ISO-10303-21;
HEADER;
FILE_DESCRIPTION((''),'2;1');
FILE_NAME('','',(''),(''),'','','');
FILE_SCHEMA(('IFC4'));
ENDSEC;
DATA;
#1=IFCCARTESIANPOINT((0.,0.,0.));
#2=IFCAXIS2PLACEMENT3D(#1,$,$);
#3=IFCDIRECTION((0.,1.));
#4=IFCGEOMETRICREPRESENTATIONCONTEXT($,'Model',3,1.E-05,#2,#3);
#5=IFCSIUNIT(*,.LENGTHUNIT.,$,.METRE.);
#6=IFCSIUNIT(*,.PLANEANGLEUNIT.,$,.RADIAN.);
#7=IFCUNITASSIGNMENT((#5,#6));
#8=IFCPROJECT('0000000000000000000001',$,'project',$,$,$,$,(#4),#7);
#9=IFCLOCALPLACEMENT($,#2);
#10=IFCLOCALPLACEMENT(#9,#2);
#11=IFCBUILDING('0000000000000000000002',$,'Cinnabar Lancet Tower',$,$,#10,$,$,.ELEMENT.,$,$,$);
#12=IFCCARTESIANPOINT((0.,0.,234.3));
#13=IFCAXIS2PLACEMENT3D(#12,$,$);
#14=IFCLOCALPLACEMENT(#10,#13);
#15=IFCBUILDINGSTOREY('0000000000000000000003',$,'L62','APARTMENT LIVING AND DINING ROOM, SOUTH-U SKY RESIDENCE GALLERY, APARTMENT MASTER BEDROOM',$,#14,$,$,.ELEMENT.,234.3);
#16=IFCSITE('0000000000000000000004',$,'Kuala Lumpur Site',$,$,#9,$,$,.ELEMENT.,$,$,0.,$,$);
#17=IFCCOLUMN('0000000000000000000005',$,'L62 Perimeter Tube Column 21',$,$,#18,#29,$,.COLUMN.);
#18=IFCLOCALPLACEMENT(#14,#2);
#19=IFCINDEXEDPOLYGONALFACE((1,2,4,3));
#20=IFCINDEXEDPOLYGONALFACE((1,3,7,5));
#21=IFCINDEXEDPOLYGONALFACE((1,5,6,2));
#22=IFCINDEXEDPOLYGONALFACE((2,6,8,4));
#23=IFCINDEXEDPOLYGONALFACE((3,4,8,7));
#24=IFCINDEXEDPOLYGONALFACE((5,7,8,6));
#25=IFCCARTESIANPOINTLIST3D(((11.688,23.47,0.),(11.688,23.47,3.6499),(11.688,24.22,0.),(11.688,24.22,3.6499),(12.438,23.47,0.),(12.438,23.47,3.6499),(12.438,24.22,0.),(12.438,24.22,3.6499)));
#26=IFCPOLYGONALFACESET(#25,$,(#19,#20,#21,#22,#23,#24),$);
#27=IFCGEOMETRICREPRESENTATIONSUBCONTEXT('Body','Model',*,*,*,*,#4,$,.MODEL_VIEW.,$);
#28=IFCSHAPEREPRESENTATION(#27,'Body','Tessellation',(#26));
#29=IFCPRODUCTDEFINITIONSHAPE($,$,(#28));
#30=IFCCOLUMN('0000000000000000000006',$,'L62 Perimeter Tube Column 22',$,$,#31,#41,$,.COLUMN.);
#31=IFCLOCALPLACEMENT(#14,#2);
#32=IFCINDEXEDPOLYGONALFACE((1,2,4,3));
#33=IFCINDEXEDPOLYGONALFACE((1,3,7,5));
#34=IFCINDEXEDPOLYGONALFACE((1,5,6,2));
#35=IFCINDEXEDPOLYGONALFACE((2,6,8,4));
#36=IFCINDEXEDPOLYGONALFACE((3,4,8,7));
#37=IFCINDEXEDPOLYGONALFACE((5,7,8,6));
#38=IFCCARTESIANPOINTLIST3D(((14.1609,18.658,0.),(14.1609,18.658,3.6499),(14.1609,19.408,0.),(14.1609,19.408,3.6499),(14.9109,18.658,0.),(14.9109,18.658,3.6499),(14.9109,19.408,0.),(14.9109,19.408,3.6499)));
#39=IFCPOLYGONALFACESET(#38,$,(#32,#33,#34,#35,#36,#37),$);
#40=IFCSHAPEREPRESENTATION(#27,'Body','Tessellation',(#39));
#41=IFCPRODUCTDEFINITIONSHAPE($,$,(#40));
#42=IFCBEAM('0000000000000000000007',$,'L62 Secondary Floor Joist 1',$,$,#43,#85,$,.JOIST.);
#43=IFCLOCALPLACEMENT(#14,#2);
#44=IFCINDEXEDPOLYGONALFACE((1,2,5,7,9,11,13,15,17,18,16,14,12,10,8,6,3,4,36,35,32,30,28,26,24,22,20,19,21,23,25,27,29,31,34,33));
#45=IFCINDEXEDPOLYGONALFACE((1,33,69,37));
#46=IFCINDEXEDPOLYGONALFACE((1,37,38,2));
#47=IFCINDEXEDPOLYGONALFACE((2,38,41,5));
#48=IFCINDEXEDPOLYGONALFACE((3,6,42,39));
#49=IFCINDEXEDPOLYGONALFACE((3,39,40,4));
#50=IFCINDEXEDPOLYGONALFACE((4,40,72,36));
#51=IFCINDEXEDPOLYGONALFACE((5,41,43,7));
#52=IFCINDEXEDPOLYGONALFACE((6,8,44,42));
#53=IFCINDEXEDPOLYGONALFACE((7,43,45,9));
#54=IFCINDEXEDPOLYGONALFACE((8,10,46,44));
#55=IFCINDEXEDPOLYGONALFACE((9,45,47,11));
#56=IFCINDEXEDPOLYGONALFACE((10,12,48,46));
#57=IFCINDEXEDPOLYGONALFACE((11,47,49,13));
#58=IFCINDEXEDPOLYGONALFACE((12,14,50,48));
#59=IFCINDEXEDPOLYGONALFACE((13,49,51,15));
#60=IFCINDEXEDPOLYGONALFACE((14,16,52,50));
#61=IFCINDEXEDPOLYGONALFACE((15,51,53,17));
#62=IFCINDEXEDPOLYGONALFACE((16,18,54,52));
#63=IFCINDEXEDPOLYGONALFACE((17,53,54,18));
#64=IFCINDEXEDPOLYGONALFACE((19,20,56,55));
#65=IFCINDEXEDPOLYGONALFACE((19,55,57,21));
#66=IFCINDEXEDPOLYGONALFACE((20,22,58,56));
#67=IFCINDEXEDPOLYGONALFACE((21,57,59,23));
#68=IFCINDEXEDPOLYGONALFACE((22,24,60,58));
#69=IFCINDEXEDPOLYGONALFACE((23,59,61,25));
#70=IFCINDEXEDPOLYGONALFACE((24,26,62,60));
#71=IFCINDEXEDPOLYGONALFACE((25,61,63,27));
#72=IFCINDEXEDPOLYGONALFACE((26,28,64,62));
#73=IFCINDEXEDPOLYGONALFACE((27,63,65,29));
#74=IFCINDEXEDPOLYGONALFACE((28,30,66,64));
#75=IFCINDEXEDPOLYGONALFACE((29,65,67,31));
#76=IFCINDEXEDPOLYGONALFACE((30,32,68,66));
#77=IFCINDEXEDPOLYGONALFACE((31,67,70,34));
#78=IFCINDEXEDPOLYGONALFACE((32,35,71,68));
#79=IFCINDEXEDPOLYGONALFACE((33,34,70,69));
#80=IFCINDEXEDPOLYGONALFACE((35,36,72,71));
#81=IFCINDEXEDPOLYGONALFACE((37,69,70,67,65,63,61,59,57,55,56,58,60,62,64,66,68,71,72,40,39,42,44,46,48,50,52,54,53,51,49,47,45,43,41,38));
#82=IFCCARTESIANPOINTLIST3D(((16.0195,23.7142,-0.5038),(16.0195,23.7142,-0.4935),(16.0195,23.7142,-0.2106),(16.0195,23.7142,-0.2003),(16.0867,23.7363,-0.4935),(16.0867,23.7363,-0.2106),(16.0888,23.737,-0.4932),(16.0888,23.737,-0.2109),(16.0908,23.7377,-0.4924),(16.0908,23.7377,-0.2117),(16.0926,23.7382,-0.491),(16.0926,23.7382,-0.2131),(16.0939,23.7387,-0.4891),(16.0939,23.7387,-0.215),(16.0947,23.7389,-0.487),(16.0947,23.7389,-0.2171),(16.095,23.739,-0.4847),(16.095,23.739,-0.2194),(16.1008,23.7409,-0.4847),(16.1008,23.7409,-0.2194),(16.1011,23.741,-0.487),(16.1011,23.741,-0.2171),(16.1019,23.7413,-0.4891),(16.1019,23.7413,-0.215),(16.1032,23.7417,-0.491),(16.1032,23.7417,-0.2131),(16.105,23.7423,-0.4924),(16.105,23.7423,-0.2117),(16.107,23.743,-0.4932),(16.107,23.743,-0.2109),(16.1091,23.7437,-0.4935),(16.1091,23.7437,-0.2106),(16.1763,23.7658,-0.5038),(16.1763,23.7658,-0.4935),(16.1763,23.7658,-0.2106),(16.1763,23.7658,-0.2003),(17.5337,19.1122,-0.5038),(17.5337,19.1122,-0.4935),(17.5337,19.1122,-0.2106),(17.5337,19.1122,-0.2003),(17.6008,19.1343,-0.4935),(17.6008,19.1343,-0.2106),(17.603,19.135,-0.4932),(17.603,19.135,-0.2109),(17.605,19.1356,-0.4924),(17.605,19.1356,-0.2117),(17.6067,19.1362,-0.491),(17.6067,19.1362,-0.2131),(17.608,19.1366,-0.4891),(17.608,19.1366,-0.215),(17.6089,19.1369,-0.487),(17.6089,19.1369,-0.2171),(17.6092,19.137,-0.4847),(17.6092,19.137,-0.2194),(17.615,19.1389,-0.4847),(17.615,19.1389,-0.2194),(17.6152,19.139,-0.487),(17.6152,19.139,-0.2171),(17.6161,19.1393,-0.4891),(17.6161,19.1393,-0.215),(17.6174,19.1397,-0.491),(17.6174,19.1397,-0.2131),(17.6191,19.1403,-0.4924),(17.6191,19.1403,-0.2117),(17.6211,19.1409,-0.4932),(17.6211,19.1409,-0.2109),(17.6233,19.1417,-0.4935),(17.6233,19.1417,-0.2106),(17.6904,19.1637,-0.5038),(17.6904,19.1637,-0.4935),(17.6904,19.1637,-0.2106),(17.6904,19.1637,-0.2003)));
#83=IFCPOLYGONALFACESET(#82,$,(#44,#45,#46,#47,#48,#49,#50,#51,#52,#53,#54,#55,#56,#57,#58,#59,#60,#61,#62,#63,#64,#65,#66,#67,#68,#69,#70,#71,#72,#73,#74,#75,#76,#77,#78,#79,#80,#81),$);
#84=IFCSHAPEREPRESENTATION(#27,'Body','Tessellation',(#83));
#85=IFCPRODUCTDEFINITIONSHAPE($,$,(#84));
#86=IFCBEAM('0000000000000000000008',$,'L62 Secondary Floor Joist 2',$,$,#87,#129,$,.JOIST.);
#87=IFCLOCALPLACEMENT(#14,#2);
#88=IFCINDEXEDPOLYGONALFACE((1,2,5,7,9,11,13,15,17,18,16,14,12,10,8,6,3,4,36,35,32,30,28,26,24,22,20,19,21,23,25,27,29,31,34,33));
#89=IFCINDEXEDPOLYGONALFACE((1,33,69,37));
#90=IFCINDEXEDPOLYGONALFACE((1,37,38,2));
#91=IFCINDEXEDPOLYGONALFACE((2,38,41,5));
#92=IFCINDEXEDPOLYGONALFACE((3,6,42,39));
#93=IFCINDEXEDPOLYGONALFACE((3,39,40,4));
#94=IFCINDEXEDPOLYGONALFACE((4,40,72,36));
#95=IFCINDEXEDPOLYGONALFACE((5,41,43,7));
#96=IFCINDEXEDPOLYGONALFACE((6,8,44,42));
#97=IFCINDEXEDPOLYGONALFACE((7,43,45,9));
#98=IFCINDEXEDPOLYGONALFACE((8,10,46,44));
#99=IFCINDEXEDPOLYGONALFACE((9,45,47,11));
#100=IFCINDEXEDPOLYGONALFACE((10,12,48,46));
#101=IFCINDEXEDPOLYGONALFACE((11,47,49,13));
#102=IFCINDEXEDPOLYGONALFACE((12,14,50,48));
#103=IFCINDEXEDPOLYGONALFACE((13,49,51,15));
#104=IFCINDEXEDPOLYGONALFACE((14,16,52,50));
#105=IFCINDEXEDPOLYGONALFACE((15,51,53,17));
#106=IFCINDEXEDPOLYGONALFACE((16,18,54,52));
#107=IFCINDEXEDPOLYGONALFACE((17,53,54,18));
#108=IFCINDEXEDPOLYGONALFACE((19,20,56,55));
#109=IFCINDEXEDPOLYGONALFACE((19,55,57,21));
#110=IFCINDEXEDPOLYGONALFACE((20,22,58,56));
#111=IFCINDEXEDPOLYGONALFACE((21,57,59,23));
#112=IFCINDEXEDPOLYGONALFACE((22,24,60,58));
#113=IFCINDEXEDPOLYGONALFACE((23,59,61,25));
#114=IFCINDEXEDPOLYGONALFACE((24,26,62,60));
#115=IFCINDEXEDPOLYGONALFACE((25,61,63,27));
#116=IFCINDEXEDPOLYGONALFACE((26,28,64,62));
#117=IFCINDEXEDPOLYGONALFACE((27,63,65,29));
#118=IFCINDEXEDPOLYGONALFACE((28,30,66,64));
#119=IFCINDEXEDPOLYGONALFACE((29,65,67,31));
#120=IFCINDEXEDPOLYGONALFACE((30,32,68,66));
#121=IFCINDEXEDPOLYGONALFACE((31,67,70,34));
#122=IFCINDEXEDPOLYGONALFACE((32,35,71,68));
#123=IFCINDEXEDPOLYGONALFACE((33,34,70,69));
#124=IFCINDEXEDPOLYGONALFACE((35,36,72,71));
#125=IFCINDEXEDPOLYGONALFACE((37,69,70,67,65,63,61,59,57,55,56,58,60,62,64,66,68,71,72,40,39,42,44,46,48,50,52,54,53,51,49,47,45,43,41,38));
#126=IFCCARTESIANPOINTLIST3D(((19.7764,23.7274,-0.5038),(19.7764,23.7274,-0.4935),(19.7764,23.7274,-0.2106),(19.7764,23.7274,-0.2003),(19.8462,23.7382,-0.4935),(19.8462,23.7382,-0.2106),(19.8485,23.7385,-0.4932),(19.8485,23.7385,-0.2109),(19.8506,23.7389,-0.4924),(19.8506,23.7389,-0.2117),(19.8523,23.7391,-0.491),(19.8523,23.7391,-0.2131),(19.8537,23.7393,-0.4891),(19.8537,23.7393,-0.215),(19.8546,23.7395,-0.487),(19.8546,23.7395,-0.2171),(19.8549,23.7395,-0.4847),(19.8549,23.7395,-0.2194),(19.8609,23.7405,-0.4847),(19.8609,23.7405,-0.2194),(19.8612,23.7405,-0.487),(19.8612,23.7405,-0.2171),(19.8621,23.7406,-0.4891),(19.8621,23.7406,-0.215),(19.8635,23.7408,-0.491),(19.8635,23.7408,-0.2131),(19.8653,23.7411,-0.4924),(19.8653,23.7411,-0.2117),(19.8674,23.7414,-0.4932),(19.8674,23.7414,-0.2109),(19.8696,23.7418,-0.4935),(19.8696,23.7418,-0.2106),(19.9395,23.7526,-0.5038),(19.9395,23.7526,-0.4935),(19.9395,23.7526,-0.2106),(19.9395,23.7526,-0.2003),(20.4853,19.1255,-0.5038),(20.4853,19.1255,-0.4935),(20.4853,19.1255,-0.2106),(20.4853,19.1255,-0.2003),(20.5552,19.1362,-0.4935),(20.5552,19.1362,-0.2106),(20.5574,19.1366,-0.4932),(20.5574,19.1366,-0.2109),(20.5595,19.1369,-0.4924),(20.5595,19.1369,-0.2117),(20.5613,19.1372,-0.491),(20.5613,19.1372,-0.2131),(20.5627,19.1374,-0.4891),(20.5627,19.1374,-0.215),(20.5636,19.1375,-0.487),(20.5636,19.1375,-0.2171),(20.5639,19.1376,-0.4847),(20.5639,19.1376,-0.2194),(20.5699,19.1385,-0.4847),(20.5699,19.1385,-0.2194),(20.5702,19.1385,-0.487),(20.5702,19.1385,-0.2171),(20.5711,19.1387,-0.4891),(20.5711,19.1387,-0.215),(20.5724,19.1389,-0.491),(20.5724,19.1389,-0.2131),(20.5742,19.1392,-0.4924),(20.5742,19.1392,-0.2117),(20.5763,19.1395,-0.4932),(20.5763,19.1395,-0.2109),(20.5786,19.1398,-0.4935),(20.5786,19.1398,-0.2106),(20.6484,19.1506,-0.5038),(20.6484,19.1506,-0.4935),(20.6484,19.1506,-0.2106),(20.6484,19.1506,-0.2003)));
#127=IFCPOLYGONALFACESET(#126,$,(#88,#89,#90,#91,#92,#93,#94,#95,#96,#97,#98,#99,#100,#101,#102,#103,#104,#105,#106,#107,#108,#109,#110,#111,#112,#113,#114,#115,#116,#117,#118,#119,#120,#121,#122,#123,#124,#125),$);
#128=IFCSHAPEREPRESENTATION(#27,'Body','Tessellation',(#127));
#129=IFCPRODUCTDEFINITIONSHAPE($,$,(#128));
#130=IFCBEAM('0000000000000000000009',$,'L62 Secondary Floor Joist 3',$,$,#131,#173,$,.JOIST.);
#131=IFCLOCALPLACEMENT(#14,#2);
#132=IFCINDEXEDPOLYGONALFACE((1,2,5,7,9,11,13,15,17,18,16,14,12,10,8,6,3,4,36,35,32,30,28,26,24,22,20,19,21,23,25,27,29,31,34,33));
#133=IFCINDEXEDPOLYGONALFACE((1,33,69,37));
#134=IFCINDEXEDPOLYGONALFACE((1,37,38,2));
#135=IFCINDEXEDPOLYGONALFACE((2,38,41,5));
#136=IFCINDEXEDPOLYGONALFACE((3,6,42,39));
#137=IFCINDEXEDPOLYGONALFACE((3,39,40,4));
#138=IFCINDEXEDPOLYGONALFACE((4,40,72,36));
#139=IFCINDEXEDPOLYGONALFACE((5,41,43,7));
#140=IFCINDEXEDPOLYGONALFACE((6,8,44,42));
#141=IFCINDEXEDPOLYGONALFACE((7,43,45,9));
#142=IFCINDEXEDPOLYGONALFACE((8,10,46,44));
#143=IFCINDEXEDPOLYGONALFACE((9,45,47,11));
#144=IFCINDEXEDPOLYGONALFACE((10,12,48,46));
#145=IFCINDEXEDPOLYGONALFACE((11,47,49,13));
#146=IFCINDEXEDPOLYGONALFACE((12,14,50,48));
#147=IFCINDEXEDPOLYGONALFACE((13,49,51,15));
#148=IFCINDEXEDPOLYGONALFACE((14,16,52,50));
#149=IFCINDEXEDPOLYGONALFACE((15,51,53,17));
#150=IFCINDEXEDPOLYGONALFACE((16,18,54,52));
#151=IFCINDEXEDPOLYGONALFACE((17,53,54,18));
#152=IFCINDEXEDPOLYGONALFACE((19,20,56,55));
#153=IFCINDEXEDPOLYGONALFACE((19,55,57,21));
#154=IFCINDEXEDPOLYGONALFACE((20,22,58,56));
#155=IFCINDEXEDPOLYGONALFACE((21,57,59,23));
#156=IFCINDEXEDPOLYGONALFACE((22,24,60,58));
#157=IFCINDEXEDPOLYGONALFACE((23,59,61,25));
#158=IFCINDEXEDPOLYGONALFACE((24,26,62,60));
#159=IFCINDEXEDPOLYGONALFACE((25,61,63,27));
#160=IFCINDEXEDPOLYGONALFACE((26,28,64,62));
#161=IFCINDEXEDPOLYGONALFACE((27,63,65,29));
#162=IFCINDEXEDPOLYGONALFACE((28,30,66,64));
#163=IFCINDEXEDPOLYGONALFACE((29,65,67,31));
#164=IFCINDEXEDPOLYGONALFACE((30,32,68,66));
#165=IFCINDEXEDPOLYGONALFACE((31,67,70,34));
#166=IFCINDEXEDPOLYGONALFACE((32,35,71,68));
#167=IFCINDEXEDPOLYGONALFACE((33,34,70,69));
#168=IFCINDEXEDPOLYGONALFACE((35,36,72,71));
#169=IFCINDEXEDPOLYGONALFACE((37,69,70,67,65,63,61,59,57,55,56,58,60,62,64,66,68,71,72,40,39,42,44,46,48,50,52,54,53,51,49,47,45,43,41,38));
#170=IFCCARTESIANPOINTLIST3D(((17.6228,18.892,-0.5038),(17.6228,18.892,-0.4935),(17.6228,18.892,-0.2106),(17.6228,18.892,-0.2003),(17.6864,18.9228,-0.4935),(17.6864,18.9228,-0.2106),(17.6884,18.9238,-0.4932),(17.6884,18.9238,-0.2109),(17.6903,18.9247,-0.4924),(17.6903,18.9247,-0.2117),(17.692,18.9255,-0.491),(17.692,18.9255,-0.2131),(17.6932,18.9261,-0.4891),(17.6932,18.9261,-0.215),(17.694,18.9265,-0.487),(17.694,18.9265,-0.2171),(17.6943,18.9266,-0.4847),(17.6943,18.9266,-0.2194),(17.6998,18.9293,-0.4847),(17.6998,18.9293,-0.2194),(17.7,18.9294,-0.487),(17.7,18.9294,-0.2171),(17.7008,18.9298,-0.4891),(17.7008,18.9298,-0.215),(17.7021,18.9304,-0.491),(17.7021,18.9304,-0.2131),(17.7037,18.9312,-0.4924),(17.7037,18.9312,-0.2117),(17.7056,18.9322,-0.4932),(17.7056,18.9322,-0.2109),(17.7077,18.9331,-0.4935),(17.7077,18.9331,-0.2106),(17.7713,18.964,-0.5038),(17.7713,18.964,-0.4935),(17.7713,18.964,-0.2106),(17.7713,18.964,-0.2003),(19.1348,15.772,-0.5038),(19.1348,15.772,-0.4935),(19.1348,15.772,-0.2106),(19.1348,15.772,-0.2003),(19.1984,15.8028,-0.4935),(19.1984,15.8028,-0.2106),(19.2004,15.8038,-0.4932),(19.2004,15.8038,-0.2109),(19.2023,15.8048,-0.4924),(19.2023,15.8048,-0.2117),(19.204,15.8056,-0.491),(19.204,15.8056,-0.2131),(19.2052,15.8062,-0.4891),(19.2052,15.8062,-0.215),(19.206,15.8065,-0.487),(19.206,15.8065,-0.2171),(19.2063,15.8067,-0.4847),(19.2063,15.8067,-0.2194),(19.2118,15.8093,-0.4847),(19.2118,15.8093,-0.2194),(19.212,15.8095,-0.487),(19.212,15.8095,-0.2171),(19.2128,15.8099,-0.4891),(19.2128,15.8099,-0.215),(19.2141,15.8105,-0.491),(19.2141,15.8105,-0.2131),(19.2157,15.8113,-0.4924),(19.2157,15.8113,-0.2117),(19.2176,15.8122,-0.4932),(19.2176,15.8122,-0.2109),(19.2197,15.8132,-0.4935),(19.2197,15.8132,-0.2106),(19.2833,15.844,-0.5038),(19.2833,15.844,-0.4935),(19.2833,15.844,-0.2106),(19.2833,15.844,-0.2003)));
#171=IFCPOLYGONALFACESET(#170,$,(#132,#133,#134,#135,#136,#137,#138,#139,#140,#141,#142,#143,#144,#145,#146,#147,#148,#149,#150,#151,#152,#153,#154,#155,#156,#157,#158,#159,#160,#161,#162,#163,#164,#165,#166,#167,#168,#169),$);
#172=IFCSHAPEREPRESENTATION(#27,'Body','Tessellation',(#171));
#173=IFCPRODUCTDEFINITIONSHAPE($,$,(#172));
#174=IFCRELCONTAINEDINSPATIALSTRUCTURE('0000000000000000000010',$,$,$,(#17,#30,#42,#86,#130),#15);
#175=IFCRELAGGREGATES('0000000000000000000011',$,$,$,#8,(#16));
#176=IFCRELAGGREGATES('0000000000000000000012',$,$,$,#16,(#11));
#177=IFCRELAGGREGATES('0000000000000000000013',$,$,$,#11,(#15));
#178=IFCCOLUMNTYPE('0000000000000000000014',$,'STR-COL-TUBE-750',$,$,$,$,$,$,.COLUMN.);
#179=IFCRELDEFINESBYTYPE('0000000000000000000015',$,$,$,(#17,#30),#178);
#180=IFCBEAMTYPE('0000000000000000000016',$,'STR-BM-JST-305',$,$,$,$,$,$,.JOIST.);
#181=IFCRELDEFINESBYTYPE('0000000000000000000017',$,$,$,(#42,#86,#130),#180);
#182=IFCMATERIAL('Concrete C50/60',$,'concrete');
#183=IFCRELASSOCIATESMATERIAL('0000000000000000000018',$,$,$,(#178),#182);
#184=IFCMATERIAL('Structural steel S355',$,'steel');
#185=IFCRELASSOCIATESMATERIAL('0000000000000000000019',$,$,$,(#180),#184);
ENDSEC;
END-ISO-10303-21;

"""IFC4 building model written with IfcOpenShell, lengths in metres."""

from ifc_helpers import new_model, si_unit, direction, frame, origin, origin_2d, place, context, subcontext, project, spatial, rectangle, i_section, extrude, material, material_profile, profile_set, type_object, element, save


model = new_model("IFC4")

# Units and contexts
model_context = context("Model", 3, precision=1e-05, world=origin(), true_north=direction((0.0, 1.0)))
body_context = subcontext(model_context, "Body", "Model", "MODEL_VIEW")
ifc_project = project(units=[si_unit("LENGTHUNIT", "METRE"), si_unit("PLANEANGLEUNIT", "RADIAN")], contexts=[model_context])

# Site, building, storey
site_placement = place(None, origin())
site = spatial("IfcSite", under=ifc_project, at=site_placement, Name="Kuala Lumpur Site", CompositionType="ELEMENT", RefElevation=0.0)
building_placement = place(site_placement, origin())
building = spatial("IfcBuilding", under=site, at=building_placement, Name="Cinnabar Lancet Tower", CompositionType="ELEMENT")
storey_placement = place(building_placement, frame((0.0, 0.0, 234.3)))
storey = spatial("IfcBuildingStorey", under=building, at=storey_placement, Name="L62", Description="APARTMENT LIVING AND DINING ROOM, SOUTH-U SKY RESIDENCE GALLERY, APARTMENT MASTER BEDROOM", CompositionType="ELEMENT", Elevation=234.3)

# Columns
ifc_material_1 = material(Name="Concrete C50/60", Category="concrete")
ifc_material_profile_1 = material_profile(ifc_material_1, rectangle(XDim=0.75, YDim=0.75, at=origin_2d()), Name="RC-COL 750x750")
ifc_profile_set_1 = profile_set([ifc_material_profile_1], Name="Concrete C50/60")
column_type = type_object("IfcColumnType", Name="STR-COL-TUBE-750", PredefinedType="COLUMN", material=ifc_profile_set_1)
for number, where, z_axis, x_axis, name in (
    (1, (12.063, 23.845, 0.0), (0.0, 0.0, 1.0), (1.0, 0.0, 0.0), "L62 Perimeter Tube Column 21"),
    (2, (14.5359, 19.033, 0.0), (0.0, 0.0, 1.0), (1.0, 0.0, 0.0), "L62 Perimeter Tube Column 22"),
):
    element("IfcColumn", number, at=place(storey_placement, frame(where, z_axis=z_axis, x_axis=x_axis)), inside=storey, type_object=column_type, Name=name, PredefinedType="COLUMN", context=body_context, shape_type="SweptSolid", body=[
        extrude(rectangle(XDim=0.75, YDim=0.75, at=origin_2d()), origin(), (0.0, 0.0, 1.0), 3.6499),
    ])

# Beams
ifc_material_2 = material(Name="Structural steel S355", Category="steel")
ifc_material_profile_2 = material_profile(ifc_material_2, i_section(OverallWidth=0.165, OverallDepth=0.3035, WebThickness=0.0061, FlangeThickness=0.0103, FilletRadius=0.0088, at=origin_2d()), Name="UKB 305x165x40")
ifc_profile_set_2 = profile_set([ifc_material_profile_2], Name="Structural steel S355")
beam_type_1 = type_object("IfcBeamType", Name="STR-BM-JST-305", PredefinedType="JOIST", material=ifc_profile_set_2)
beam_1_placement = place(storey_placement, frame((16.0979, 23.74, -0.3521), z_axis=(0.312537, -0.949906, 0.0), x_axis=(0.949906, 0.312537, 0.0)))
element("IfcBeam", 3, at=beam_1_placement, inside=storey, type_object=beam_type_1, Name="L62 Secondary Floor Joist 1", PredefinedType="JOIST", context=body_context, shape_type="SweptSolid", body=[
    extrude(i_section(OverallWidth=0.165, OverallDepth=0.3035, WebThickness=0.0061, FlangeThickness=0.0103, FilletRadius=0.0088, at=origin_2d()), origin(), (0.0, 0.0, 1.0), 4.8447),
])
beam_2_placement = place(storey_placement, frame((19.8579, 23.74, -0.3521), z_axis=(0.152262, -0.98834, 0.0), x_axis=(0.98834, 0.152262, 0.0)))
element("IfcBeam", 4, at=beam_2_placement, inside=storey, type_object=beam_type_1, Name="L62 Secondary Floor Joist 2", PredefinedType="JOIST", context=body_context, shape_type="SweptSolid", body=[
    extrude(i_section(OverallWidth=0.165, OverallDepth=0.3035, WebThickness=0.0061, FlangeThickness=0.0103, FilletRadius=0.0088, at=origin_2d()), origin(), (0.0, 0.0, 1.0), 4.6562),
])
beam_3_placement = place(storey_placement, frame((17.697, 18.928, -0.3521), z_axis=(0.436109, -0.899894, 0.0), x_axis=(0.899894, 0.436109, 0.0)))
element("IfcBeam", 5, at=beam_3_placement, inside=storey, type_object=beam_type_1, Name="L62 Secondary Floor Joist 3", PredefinedType="JOIST", context=body_context, shape_type="SweptSolid", body=[
    extrude(i_section(OverallWidth=0.165, OverallDepth=0.3035, WebThickness=0.0061, FlangeThickness=0.0103, FilletRadius=0.0088, at=origin_2d()), origin(), (0.0, 0.0, 1.0), 3.467),
])

save(model, "model.ifc")
